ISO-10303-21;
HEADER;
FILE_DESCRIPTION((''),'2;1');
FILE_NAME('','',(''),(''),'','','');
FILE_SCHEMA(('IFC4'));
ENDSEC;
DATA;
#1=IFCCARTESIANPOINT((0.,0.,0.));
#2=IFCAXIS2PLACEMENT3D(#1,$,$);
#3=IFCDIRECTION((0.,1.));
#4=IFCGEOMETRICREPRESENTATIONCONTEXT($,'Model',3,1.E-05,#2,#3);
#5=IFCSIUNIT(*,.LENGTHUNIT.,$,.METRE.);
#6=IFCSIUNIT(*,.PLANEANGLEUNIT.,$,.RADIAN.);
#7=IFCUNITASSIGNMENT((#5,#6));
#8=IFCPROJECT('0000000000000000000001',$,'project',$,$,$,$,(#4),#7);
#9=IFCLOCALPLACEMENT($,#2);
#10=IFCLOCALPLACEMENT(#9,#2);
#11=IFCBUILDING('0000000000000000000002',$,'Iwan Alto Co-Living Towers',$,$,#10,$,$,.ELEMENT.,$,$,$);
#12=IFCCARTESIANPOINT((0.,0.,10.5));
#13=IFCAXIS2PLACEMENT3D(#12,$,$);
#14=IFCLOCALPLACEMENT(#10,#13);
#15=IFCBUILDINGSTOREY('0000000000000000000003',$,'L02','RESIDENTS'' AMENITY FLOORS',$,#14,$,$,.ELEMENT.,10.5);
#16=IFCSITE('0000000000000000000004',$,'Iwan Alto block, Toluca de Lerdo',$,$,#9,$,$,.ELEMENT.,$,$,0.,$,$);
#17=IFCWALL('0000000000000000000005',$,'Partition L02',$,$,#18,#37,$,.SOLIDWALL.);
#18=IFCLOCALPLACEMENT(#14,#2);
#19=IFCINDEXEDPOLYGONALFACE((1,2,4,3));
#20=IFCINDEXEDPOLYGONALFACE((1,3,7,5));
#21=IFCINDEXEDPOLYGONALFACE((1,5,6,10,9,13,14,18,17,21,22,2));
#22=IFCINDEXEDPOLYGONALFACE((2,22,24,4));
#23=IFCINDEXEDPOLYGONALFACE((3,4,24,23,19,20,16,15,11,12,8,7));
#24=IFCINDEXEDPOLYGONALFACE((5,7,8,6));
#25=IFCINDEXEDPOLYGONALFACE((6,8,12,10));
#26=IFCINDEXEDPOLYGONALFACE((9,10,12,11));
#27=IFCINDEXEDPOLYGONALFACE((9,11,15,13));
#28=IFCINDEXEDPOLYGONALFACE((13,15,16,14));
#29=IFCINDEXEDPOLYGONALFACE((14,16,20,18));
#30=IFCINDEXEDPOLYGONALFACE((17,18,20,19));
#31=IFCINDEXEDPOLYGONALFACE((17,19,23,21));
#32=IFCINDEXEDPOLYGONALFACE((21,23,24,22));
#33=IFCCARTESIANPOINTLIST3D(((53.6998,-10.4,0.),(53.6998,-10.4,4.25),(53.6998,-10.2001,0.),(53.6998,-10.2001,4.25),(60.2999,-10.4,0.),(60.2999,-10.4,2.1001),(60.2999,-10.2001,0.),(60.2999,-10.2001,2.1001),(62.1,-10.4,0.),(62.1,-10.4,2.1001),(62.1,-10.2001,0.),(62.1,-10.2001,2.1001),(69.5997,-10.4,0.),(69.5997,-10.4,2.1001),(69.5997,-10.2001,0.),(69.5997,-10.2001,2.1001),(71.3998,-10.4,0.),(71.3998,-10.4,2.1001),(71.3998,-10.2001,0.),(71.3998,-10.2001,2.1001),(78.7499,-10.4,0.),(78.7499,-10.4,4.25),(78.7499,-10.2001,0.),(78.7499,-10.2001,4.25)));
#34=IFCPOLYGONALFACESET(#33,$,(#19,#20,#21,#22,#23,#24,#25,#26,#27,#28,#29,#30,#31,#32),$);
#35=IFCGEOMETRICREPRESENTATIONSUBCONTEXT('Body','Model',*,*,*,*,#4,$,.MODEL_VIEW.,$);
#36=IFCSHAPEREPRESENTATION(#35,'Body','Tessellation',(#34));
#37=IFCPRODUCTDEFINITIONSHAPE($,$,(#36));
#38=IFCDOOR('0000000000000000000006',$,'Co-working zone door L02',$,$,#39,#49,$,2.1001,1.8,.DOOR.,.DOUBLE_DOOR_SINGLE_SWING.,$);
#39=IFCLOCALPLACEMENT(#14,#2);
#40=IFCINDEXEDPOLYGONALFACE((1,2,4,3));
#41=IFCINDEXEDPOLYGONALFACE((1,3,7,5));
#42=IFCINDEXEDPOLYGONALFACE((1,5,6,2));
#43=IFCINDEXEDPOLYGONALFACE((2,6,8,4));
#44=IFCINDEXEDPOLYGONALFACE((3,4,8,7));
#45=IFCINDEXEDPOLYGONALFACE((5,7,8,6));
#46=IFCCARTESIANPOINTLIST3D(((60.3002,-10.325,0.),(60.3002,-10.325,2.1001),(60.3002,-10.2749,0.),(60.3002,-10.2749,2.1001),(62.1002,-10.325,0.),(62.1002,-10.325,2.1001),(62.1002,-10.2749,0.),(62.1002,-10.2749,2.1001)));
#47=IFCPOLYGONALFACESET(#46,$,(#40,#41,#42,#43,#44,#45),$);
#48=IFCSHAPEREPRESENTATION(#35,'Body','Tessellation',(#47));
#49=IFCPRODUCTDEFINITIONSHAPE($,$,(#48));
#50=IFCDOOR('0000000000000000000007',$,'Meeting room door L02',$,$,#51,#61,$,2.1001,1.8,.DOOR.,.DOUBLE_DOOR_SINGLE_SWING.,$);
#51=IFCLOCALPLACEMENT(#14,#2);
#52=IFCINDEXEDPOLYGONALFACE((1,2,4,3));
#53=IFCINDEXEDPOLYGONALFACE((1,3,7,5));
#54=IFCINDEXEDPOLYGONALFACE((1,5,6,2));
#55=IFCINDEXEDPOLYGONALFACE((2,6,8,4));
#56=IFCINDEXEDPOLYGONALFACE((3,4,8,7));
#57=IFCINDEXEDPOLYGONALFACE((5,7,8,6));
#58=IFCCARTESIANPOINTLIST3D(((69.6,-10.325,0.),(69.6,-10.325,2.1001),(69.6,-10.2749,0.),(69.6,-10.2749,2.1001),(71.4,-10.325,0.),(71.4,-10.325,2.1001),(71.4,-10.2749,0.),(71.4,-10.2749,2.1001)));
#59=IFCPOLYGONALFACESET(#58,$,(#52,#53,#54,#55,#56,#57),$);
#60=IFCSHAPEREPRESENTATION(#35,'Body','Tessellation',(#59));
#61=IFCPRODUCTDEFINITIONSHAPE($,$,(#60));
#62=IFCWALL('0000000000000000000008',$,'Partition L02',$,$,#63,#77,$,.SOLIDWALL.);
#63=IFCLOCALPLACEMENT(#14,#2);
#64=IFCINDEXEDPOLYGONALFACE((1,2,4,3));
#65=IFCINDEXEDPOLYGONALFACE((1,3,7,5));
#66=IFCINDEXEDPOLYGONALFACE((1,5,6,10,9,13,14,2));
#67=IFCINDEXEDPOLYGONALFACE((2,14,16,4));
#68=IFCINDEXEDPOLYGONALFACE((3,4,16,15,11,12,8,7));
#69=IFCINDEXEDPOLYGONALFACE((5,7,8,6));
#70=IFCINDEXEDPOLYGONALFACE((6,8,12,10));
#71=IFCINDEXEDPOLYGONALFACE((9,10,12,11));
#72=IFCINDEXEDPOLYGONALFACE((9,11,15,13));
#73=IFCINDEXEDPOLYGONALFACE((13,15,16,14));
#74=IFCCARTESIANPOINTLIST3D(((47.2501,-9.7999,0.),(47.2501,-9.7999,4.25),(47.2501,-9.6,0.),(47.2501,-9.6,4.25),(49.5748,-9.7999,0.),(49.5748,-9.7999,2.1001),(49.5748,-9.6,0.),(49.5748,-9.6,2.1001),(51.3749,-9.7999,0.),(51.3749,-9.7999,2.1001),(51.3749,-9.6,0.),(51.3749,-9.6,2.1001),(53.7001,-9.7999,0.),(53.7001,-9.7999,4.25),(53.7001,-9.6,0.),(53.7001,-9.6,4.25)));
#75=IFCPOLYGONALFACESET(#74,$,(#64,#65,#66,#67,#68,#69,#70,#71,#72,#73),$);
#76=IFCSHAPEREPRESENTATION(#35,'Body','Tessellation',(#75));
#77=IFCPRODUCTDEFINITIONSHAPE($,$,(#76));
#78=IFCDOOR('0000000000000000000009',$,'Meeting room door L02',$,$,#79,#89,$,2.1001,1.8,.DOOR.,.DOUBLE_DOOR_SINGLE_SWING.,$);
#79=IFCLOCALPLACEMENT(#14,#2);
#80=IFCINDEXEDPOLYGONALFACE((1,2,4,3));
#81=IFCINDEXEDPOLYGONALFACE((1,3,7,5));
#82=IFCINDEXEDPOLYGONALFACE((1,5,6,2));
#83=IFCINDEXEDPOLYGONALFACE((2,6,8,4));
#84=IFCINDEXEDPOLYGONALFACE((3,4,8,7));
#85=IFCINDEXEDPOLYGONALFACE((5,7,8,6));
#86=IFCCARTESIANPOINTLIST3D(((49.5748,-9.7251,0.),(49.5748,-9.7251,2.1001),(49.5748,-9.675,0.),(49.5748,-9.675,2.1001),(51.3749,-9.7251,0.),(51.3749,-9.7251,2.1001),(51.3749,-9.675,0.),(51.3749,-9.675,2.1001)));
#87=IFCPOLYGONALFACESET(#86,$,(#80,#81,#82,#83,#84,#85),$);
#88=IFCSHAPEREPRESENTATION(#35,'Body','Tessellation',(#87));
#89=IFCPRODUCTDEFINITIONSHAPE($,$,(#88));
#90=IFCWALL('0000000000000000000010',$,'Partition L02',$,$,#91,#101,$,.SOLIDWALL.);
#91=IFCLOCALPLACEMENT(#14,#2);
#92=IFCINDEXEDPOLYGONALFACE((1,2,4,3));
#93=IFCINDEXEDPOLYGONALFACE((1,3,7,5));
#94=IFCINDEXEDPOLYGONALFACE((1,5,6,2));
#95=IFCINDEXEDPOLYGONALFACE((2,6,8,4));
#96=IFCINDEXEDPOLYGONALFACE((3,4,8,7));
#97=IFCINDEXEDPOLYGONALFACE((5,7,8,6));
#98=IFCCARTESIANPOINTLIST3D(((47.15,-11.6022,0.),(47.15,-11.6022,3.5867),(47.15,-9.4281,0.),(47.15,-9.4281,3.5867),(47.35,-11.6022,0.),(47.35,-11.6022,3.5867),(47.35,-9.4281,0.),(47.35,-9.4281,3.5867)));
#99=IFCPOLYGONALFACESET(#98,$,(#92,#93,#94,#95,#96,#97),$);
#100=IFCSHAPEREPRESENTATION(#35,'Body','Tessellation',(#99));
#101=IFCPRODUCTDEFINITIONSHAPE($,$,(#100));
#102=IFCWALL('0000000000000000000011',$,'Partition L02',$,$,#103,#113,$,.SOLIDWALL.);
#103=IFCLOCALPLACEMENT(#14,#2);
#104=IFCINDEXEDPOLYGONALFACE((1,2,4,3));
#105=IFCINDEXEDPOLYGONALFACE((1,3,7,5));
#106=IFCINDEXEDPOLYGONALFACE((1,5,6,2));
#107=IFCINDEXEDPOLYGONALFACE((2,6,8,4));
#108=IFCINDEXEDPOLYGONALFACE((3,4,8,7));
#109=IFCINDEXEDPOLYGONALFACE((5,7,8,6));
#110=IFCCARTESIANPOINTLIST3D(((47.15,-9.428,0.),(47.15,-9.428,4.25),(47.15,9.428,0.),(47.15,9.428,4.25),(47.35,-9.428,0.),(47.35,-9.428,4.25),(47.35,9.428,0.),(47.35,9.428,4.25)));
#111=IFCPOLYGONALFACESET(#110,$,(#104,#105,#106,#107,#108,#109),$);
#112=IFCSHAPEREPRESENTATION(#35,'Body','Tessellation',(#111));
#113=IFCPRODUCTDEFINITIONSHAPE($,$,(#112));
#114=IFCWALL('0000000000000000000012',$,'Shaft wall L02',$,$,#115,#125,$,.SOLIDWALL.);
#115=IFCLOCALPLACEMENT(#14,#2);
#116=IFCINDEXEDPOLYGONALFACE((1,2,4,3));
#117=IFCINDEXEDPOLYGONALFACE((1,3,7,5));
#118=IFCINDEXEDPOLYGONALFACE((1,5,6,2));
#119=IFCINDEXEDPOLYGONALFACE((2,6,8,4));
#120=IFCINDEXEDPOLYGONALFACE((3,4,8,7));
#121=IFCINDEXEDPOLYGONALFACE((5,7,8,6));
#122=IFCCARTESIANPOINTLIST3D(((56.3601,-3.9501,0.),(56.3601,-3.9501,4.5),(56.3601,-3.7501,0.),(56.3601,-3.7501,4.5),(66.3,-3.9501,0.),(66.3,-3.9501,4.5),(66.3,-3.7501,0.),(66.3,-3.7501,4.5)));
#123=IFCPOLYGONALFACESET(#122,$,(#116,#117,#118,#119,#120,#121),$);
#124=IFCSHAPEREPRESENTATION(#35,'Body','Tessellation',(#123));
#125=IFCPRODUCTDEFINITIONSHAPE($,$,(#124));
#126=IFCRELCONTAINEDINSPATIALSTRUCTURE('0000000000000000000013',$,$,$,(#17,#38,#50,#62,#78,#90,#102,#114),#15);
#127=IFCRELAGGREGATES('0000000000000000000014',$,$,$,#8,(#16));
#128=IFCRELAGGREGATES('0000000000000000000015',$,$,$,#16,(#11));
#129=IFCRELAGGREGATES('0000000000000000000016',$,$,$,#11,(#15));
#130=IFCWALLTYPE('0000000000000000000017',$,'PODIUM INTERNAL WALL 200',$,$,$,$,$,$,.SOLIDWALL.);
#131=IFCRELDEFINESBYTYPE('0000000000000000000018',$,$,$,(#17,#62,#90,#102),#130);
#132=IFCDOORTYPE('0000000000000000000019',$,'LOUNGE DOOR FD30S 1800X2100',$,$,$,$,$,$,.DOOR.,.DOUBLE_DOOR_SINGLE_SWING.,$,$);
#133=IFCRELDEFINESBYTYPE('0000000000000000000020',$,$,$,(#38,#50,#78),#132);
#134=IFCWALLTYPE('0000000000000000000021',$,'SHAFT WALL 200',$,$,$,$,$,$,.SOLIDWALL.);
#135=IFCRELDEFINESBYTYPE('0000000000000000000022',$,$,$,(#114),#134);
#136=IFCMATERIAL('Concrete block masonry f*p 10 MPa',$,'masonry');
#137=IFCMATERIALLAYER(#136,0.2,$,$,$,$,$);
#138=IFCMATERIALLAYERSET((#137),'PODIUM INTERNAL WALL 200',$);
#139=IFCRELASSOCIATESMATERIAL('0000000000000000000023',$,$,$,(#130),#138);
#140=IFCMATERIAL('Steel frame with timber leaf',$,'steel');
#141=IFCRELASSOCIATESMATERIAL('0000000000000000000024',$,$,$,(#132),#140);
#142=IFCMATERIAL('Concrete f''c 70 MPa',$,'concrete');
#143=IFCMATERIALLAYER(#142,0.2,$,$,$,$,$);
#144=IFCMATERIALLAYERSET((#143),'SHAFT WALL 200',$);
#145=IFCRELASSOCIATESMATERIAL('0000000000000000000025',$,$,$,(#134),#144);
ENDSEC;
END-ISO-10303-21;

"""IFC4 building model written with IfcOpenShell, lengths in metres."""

from ifc_helpers import new_model, si_unit, direction, frame, frame_2d, origin, place, context, subcontext, project, spatial, rectangle, extrude, material, layer, layer_set, type_object, element, fill, save


model = new_model("IFC4")

# Units and contexts
model_context = context("Model", 3, precision=1e-05, world=origin(), true_north=direction((0.0, 1.0)))
body_context = subcontext(model_context, "Body", "Model", "MODEL_VIEW")
ifc_project = project(units=[si_unit("LENGTHUNIT", "METRE"), si_unit("PLANEANGLEUNIT", "RADIAN")], contexts=[model_context])

# Site, building, storey
site_placement = place(None, origin())
site = spatial("IfcSite", under=ifc_project, at=site_placement, Name="Iwan Alto block, Toluca de Lerdo", CompositionType="ELEMENT", RefElevation=0.0)
building_placement = place(site_placement, origin())
building = spatial("IfcBuilding", under=site, at=building_placement, Name="Iwan Alto Co-Living Towers", CompositionType="ELEMENT")
storey_placement = place(building_placement, frame((0.0, 0.0, 10.5)))
storey = spatial("IfcBuildingStorey", under=building, at=storey_placement, Name="L02", Description="RESIDENTS' AMENITY FLOORS", CompositionType="ELEMENT", Elevation=10.5)

# Wall, openings, doors
ifc_material_1 = material(Name="Concrete block masonry f*p 10 MPa", Category="masonry")
ifc_layer_1 = layer(ifc_material_1, 0.2)
ifc_layer_set_1 = layer_set([ifc_layer_1], Name="PODIUM INTERNAL WALL 200")
wall_type_1 = type_object("IfcWallType", Name="PODIUM INTERNAL WALL 200", PredefinedType="SOLIDWALL", material=ifc_layer_set_1)
wall_1_placement = place(storey_placement, frame((53.7, -10.3, 0.0), z_axis=(0.0, 0.0, 1.0), x_axis=(1.0, 0.0, 0.0)))
wall_1 = element("IfcWall", 1, at=wall_1_placement, inside=storey, type_object=wall_type_1, Name="Partition L02", PredefinedType="SOLIDWALL", context=body_context, shape_type="SweptSolid", body=[
    extrude(rectangle(XDim=25.05, YDim=0.2, at=frame_2d((12.5249, 0.0))), origin(), (0.0, 0.0, 1.0), 4.25),
])
opening_1_placement = place(wall_1_placement, frame((6.6001, 0.0, 0.0)))
opening_1 = element("IfcOpeningElement", 2, at=opening_1_placement, cuts=wall_1, PredefinedType="OPENING", context=body_context, shape_type="SweptSolid", body=[
    extrude(rectangle(XDim=1.8, YDim=2.1001, at=frame_2d((0.8999, 1.05))), frame((0.0, 0.1099, 0.0), z_axis=(0.0, -1.0, 0.0), x_axis=(1.0, 0.0, 0.0)), (0.0, 0.0, 1.0), 0.22),
])
opening_2_placement = place(wall_1_placement, frame((15.8999, 0.0, 0.0)))
opening_2 = element("IfcOpeningElement", 3, at=opening_2_placement, cuts=wall_1, PredefinedType="OPENING", context=body_context, shape_type="SweptSolid", body=[
    extrude(rectangle(XDim=1.8, YDim=2.1001, at=frame_2d((0.8999, 1.05))), frame((0.0, 0.1099, 0.0), z_axis=(0.0, -1.0, 0.0), x_axis=(1.0, 0.0, 0.0)), (0.0, 0.0, 1.0), 0.22),
])
ifc_material_2 = material(Name="Steel frame with timber leaf", Category="steel")
door_type_1 = type_object("IfcDoorType", Name="LOUNGE DOOR FD30S 1800X2100", OperationType="DOUBLE_DOOR_SINGLE_SWING", PredefinedType="DOOR", material=ifc_material_2)
door_1_placement = place(opening_1_placement, frame((1.8, 0.0, 0.0), z_axis=(0.0, 0.0, 1.0), x_axis=(-1.0, 0.0, 0.0)))
door_1 = element("IfcDoor", 4, at=door_1_placement, inside=storey, type_object=door_type_1, Name="Co-working zone door L02", OperationType="DOUBLE_DOOR_SINGLE_SWING", OverallHeight=2.1001, OverallWidth=1.8, PredefinedType="DOOR", context=body_context, shape_type="SweptSolid", body=[
    extrude(rectangle(XDim=1.8, YDim=2.1001, at=frame_2d((0.8999, 1.05))), frame((0.0, 0.0249, 0.0), z_axis=(0.0, -1.0, 0.0), x_axis=(1.0, 0.0, 0.0)), (0.0, 0.0, 1.0), 0.05),
])
fill(opening_1, door_1)
door_2_placement = place(opening_2_placement, frame((1.8, 0.0, 0.0), z_axis=(0.0, 0.0, 1.0), x_axis=(-1.0, 0.0, 0.0)))
door_2 = element("IfcDoor", 5, at=door_2_placement, inside=storey, type_object=door_type_1, Name="Meeting room door L02", OperationType="DOUBLE_DOOR_SINGLE_SWING", OverallHeight=2.1001, OverallWidth=1.8, PredefinedType="DOOR", context=body_context, shape_type="SweptSolid", body=[
    extrude(rectangle(XDim=1.8, YDim=2.1001, at=frame_2d((0.8999, 1.05))), frame((0.0, 0.0249, 0.0), z_axis=(0.0, -1.0, 0.0), x_axis=(1.0, 0.0, 0.0)), (0.0, 0.0, 1.0), 0.05),
])
fill(opening_2, door_2)

# Wall, opening, door
wall_2_placement = place(storey_placement, frame((47.25, -9.7, 0.0), z_axis=(0.0, 0.0, 1.0), x_axis=(1.0, 0.0, 0.0)))
wall_2 = element("IfcWall", 6, at=wall_2_placement, inside=storey, type_object=wall_type_1, Name="Partition L02", PredefinedType="SOLIDWALL", context=body_context, shape_type="SweptSolid", body=[
    extrude(rectangle(XDim=6.45, YDim=0.2, at=frame_2d((3.2251, 0.0))), origin(), (0.0, 0.0, 1.0), 4.25),
])
opening_3_placement = place(wall_2_placement, frame((2.325, 0.0, 0.0)))
opening_3 = element("IfcOpeningElement", 7, at=opening_3_placement, cuts=wall_2, PredefinedType="OPENING", context=body_context, shape_type="SweptSolid", body=[
    extrude(rectangle(XDim=1.8, YDim=2.1001, at=frame_2d((0.8999, 1.05))), frame((0.0, 0.1099, 0.0), z_axis=(0.0, -1.0, 0.0), x_axis=(1.0, 0.0, 0.0)), (0.0, 0.0, 1.0), 0.22),
])
door_3_placement = place(opening_3_placement, origin())
door_3 = element("IfcDoor", 8, at=door_3_placement, inside=storey, type_object=door_type_1, Name="Meeting room door L02", OperationType="DOUBLE_DOOR_SINGLE_SWING", OverallHeight=2.1001, OverallWidth=1.8, PredefinedType="DOOR", context=body_context, shape_type="SweptSolid", body=[
    extrude(rectangle(XDim=1.8, YDim=2.1001, at=frame_2d((0.8999, 1.05))), frame((0.0, 0.0249, 0.0), z_axis=(0.0, -1.0, 0.0), x_axis=(1.0, 0.0, 0.0)), (0.0, 0.0, 1.0), 0.05),
])
fill(opening_3, door_3)

# Walls
wall_3_placement = place(storey_placement, frame((47.25, -11.6021, 0.0), z_axis=(0.0, 0.0, 1.0), x_axis=(0.0, 1.0, 0.0)))
element("IfcWall", 9, at=wall_3_placement, inside=storey, type_object=wall_type_1, Name="Partition L02", PredefinedType="SOLIDWALL", context=body_context, shape_type="SweptSolid", body=[
    extrude(rectangle(XDim=2.1741, YDim=0.2, at=frame_2d((1.0869, 0.0))), origin(), (0.0, 0.0, 1.0), 3.5867),
])
wall_4_placement = place(storey_placement, frame((47.25, -9.428, 0.0), z_axis=(0.0, 0.0, 1.0), x_axis=(0.0, 1.0, 0.0)))
element("IfcWall", 10, at=wall_4_placement, inside=storey, type_object=wall_type_1, Name="Partition L02", PredefinedType="SOLIDWALL", context=body_context, shape_type="SweptSolid", body=[
    extrude(rectangle(XDim=18.856, YDim=0.2, at=frame_2d((9.428, 0.0))), origin(), (0.0, 0.0, 1.0), 4.25),
])
ifc_material_3 = material(Name="Concrete f'c 70 MPa", Category="concrete")
ifc_layer_2 = layer(ifc_material_3, 0.2)
ifc_layer_set_2 = layer_set([ifc_layer_2], Name="SHAFT WALL 200")
wall_type_2 = type_object("IfcWallType", Name="SHAFT WALL 200", PredefinedType="SOLIDWALL", material=ifc_layer_set_2)
wall_5_placement = place(storey_placement, frame((56.3601, -3.8501, 0.0), z_axis=(0.0, 0.0, 1.0), x_axis=(1.0, 0.0, 0.0)))
element("IfcWall", 11, at=wall_5_placement, inside=storey, type_object=wall_type_2, Name="Shaft wall L02", PredefinedType="SOLIDWALL", context=body_context, shape_type="SweptSolid", body=[
    extrude(rectangle(XDim=9.9399, YDim=0.2, at=frame_2d((4.97, 0.0))), origin(), (0.0, 0.0, 1.0), 4.5),
])

save(model, "model.ifc")
